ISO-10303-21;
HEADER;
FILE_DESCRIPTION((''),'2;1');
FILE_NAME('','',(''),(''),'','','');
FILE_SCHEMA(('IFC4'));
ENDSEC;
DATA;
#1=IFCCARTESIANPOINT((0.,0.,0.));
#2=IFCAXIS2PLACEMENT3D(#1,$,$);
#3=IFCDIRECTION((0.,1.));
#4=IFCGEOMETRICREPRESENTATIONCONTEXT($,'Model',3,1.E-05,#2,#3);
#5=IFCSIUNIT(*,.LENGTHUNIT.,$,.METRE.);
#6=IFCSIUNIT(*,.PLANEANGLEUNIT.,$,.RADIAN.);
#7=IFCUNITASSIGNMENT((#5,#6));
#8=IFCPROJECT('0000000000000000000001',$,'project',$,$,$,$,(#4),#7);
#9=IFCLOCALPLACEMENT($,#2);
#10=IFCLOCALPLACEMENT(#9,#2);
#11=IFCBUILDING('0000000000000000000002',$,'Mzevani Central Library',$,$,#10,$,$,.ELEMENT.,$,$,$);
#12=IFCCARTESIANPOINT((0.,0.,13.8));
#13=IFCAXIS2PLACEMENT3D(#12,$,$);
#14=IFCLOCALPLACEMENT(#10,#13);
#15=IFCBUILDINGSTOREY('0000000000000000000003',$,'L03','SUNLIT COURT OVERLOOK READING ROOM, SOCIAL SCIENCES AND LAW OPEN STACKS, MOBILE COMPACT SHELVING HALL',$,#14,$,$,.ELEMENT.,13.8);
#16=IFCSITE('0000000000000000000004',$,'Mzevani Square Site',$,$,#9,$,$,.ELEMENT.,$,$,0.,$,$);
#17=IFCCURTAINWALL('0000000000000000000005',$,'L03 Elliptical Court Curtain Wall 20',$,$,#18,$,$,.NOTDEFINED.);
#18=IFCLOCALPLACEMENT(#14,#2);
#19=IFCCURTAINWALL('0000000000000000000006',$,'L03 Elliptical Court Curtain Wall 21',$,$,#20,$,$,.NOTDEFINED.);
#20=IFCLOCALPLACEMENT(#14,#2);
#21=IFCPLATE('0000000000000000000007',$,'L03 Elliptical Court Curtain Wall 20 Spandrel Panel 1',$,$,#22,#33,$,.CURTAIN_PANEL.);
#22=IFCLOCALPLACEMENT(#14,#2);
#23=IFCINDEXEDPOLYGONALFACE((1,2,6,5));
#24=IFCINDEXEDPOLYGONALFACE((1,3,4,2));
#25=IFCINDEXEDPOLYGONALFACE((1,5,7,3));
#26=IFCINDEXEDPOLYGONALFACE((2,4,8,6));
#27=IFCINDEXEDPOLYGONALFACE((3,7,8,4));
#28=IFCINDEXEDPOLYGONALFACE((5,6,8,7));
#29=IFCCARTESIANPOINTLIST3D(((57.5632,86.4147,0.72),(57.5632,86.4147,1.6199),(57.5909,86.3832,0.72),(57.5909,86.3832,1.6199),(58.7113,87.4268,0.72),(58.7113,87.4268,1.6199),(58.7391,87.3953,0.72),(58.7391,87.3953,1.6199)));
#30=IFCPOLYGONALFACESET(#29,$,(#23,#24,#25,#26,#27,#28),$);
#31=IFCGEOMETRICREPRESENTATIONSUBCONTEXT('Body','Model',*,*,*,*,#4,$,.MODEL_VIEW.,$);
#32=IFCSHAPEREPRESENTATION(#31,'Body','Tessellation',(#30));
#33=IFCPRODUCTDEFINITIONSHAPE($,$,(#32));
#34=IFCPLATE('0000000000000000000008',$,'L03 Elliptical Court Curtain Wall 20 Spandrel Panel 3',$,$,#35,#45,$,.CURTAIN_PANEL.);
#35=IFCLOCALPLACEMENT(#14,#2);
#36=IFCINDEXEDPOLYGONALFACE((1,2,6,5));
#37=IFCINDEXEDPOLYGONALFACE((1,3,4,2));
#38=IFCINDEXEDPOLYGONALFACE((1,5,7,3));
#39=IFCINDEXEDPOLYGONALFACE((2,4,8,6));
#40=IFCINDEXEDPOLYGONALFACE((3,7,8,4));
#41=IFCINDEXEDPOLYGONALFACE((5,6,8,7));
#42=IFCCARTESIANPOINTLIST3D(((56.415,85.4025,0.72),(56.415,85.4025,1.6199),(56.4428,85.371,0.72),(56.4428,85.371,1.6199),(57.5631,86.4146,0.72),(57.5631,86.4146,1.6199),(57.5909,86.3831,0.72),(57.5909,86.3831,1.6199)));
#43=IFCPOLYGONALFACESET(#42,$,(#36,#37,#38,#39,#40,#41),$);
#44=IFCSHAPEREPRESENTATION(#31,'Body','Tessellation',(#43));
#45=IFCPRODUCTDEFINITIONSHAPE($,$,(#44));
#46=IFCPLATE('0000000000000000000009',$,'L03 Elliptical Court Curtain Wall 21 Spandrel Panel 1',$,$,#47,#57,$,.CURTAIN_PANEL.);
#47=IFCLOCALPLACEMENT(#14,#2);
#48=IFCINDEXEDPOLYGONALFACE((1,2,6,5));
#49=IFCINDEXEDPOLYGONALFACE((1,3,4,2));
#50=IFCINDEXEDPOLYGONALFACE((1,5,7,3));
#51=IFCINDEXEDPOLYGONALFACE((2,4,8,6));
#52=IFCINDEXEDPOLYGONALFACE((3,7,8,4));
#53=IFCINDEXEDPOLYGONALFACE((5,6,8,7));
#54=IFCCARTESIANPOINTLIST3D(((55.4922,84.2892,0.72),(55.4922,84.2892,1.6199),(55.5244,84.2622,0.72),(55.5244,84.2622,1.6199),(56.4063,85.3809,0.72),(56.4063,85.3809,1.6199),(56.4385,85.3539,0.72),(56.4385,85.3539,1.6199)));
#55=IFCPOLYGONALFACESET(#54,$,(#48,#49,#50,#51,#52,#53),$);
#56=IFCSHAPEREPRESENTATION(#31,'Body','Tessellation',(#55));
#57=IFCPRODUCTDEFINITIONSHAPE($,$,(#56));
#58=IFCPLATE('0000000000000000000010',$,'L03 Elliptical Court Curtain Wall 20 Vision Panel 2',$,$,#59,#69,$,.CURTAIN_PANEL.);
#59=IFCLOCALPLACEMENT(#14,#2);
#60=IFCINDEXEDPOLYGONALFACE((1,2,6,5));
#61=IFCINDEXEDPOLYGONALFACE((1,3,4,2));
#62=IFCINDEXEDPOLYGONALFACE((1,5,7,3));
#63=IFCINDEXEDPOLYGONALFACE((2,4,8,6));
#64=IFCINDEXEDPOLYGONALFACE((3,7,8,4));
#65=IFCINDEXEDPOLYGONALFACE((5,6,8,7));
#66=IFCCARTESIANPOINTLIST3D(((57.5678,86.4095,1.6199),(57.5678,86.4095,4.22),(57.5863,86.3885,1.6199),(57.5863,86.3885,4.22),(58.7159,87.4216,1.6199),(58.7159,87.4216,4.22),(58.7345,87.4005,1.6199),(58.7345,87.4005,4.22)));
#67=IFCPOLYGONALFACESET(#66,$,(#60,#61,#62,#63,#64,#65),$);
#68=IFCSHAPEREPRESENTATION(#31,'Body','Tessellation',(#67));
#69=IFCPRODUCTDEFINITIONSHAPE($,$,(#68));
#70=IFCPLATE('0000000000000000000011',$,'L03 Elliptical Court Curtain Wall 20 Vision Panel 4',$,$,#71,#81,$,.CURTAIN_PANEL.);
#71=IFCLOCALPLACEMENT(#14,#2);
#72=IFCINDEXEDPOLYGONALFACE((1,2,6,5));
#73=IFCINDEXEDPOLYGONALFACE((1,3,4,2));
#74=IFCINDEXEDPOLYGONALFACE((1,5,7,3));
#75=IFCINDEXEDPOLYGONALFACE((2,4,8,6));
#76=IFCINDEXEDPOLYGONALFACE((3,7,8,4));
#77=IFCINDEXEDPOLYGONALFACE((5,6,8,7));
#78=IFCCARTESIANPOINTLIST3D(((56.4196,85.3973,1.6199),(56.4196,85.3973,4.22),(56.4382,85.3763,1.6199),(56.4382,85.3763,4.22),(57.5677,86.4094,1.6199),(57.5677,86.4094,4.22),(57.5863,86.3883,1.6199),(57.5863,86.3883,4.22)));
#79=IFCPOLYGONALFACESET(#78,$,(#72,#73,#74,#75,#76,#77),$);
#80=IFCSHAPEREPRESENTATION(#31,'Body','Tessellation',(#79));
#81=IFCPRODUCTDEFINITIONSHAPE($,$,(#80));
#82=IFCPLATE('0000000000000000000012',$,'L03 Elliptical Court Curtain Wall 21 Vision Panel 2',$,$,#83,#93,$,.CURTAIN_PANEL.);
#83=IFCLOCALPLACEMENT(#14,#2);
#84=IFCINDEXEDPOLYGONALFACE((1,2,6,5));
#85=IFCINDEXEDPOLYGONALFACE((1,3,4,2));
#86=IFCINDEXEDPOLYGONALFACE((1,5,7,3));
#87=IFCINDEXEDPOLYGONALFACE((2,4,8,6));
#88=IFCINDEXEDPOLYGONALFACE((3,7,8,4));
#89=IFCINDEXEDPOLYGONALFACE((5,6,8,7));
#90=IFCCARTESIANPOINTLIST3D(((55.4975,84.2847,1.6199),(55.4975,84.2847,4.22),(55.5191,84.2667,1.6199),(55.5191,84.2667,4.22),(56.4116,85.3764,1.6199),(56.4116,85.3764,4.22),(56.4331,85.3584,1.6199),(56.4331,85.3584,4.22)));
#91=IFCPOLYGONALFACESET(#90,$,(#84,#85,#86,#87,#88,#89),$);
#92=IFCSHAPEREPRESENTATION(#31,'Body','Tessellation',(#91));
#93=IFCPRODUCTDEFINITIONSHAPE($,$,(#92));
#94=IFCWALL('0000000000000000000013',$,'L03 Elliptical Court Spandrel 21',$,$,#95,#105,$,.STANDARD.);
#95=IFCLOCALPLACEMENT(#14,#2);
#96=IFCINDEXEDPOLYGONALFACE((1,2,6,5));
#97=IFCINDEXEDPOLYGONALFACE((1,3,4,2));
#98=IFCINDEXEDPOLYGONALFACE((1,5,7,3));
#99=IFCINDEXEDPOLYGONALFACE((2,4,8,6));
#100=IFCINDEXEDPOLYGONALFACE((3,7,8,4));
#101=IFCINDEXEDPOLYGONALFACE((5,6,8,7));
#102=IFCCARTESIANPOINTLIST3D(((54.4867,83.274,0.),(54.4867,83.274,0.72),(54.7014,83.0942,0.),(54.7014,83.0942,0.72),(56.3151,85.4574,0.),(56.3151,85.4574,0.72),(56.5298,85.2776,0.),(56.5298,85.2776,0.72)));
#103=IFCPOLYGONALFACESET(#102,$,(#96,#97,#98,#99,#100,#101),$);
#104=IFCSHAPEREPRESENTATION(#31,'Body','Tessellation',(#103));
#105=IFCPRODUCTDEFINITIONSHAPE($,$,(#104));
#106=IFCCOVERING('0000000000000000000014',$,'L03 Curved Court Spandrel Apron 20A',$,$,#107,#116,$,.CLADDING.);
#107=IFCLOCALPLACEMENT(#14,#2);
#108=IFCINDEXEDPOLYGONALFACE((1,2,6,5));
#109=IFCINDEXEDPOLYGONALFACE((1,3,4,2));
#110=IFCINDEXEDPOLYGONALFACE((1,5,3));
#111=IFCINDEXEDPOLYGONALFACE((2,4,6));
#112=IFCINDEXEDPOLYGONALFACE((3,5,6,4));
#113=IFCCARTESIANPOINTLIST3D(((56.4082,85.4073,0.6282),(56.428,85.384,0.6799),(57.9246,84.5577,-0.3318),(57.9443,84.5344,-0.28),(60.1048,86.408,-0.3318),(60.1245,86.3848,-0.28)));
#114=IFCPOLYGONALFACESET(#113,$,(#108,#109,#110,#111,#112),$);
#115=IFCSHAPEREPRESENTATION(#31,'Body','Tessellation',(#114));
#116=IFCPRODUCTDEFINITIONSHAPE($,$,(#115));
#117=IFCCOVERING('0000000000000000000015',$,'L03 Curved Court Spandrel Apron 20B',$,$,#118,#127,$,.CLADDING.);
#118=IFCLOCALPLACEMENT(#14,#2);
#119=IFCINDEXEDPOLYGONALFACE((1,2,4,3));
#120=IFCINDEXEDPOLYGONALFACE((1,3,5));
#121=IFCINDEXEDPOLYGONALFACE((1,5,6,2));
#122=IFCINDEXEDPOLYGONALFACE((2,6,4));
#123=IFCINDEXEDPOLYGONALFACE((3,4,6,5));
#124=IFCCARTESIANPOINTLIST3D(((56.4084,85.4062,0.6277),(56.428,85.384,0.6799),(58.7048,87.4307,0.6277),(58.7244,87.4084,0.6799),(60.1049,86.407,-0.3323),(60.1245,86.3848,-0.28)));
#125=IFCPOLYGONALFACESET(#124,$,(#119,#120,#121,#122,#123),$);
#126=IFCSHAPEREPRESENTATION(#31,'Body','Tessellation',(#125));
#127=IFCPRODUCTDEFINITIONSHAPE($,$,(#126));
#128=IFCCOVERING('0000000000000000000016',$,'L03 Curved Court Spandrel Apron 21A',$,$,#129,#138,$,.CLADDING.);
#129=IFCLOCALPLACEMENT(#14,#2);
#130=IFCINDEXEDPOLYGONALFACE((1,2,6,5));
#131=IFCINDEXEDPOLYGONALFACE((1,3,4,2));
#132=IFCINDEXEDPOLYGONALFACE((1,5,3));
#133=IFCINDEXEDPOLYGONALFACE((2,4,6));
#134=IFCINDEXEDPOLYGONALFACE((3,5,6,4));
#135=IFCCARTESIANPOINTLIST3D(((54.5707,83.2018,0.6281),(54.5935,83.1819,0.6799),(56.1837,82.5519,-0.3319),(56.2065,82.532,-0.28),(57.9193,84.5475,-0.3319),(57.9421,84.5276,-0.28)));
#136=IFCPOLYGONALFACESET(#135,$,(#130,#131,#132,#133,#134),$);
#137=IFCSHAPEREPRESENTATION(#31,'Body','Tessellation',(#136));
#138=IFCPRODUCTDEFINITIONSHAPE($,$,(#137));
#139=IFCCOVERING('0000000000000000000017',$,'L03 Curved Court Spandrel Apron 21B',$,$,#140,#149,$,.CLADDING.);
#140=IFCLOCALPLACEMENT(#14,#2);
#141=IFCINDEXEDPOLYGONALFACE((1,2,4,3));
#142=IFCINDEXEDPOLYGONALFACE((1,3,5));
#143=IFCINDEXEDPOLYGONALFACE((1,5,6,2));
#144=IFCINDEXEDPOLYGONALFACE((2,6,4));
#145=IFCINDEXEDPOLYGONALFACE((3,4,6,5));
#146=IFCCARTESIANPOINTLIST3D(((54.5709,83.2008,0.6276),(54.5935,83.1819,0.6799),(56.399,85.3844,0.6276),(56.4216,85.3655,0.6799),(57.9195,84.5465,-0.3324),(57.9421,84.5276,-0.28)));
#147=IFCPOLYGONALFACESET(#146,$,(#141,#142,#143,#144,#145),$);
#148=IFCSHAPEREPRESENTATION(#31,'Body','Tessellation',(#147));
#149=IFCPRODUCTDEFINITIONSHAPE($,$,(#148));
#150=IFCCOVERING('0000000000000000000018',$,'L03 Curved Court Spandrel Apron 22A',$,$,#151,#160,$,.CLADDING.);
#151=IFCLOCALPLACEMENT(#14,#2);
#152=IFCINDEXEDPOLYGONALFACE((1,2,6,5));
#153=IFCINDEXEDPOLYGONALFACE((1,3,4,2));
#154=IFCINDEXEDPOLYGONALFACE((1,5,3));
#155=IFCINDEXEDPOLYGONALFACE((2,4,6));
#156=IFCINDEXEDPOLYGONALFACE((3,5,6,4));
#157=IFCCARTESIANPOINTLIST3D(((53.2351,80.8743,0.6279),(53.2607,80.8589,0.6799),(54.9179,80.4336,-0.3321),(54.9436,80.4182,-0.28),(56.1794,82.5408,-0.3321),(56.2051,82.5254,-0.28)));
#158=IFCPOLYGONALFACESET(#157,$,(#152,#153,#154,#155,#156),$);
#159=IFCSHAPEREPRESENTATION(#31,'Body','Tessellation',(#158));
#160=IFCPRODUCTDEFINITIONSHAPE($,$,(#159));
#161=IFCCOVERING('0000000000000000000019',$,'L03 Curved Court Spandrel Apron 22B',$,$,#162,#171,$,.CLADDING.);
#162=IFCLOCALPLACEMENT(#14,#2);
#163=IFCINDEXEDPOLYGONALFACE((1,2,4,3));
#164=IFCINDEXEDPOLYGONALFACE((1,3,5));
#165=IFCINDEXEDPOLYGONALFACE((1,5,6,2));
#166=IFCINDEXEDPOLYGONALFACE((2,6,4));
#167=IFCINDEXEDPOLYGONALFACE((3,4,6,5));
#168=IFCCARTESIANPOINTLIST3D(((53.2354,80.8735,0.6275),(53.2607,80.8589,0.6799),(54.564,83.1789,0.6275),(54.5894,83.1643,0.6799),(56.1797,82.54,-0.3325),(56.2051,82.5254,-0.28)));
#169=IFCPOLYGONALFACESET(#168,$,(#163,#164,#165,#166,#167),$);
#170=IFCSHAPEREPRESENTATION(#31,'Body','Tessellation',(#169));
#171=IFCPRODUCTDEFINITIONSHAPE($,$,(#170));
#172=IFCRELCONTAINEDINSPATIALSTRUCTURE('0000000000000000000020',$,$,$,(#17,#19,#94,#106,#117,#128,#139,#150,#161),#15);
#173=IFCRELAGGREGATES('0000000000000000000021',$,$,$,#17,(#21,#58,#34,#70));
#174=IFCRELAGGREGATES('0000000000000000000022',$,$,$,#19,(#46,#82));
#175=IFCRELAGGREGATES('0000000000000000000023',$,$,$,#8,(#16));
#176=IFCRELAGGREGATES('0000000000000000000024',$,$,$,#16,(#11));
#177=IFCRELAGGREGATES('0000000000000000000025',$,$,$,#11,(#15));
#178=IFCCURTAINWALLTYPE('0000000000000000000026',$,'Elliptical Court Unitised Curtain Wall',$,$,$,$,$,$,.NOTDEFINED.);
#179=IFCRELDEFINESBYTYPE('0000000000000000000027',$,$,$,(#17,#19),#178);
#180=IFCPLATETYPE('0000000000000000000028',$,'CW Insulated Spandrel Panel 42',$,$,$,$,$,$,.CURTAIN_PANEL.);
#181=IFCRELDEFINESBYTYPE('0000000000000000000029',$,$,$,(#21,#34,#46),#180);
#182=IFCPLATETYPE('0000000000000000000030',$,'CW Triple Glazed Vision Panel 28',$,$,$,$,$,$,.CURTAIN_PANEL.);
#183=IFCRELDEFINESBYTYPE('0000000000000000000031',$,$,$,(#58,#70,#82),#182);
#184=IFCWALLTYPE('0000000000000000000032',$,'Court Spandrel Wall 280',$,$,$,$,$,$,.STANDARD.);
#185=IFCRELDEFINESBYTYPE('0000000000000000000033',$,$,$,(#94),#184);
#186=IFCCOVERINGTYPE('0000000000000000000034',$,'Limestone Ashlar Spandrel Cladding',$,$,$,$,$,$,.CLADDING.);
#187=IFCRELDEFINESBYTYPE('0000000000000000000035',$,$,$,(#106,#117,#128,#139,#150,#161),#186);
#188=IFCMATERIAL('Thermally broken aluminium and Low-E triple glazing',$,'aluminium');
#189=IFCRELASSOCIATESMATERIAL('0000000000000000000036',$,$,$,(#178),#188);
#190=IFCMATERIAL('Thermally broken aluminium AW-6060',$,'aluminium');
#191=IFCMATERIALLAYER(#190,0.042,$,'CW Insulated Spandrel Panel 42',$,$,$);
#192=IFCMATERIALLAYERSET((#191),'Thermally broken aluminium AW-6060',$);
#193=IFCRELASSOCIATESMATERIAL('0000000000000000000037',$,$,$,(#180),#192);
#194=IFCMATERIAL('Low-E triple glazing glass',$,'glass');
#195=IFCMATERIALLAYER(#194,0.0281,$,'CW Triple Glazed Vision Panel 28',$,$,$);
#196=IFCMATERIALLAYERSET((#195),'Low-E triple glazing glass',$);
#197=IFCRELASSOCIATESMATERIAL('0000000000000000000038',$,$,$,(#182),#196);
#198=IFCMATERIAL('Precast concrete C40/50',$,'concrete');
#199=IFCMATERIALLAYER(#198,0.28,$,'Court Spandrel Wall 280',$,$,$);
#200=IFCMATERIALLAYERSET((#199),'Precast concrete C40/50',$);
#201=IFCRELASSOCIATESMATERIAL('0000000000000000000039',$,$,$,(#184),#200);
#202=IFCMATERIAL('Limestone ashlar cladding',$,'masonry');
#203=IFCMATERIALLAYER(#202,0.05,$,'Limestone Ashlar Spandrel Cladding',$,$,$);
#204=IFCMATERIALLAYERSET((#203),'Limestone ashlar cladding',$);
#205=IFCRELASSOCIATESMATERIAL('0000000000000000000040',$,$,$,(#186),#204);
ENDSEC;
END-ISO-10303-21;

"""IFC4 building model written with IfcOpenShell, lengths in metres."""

from ifc_helpers import new_model, si_unit, direction, frame, frame_2d, origin, origin_2d, place, context, subcontext, project, spatial, polyline, rectangle, outline, extrude, material, layer, layer_set, type_object, element, aggregate, save


model = new_model("IFC4")

# Units and contexts
model_context = context("Model", 3, precision=1e-05, world=origin(), true_north=direction((0.0, 1.0)))
body_context = subcontext(model_context, "Body", "Model", "MODEL_VIEW")
ifc_project = project(units=[si_unit("LENGTHUNIT", "METRE"), si_unit("PLANEANGLEUNIT", "RADIAN")], contexts=[model_context])

# Site, building, storey
site_placement = place(None, origin())
site = spatial("IfcSite", under=ifc_project, at=site_placement, Name="Mzevani Square Site", CompositionType="ELEMENT", RefElevation=0.0)
building_placement = place(site_placement, origin())
building = spatial("IfcBuilding", under=site, at=building_placement, Name="Mzevani Central Library", CompositionType="ELEMENT")
storey_placement = place(building_placement, frame((0.0, 0.0, 13.8)))
storey = spatial("IfcBuildingStorey", under=building, at=storey_placement, Name="L03", Description="SUNLIT COURT OVERLOOK READING ROOM, SOCIAL SCIENCES AND LAW OPEN STACKS, MOBILE COMPACT SHELVING HALL", CompositionType="ELEMENT", Elevation=13.8)

# Curtain walls
ifc_material_1 = material(Name="Thermally broken aluminium and Low-E triple glazing", Category="aluminium")
curtain_wall_type = type_object("IfcCurtainWallType", Name="Elliptical Court Unitised Curtain Wall", PredefinedType="NOTDEFINED", material=ifc_material_1)
curtain_wall_1_placement = place(storey_placement, origin())
curtain_wall_1 = element("IfcCurtainWall", 1, at=curtain_wall_1_placement, inside=storey, type_object=curtain_wall_type, Name="L03 Elliptical Court Curtain Wall 20", PredefinedType="NOTDEFINED")
ifc_material_2 = material(Name="Thermally broken aluminium AW-6060", Category="aluminium")
curtain_wall_2_placement = place(storey_placement, origin())
curtain_wall_2 = element("IfcCurtainWall", 2, at=curtain_wall_2_placement, inside=storey, type_object=curtain_wall_type, Name="L03 Elliptical Court Curtain Wall 21", PredefinedType="NOTDEFINED")

# Plates
ifc_layer_1 = layer(ifc_material_2, 0.042, Name="CW Insulated Spandrel Panel 42")
ifc_layer_set_1 = layer_set([ifc_layer_1], Name="Thermally broken aluminium AW-6060")
plate_type_1 = type_object("IfcPlateType", Name="CW Insulated Spandrel Panel 42", PredefinedType="CURTAIN_PANEL", material=ifc_layer_set_1)
plate_1_placement = place(storey_placement, frame((58.1511, 86.905, 0.72), z_axis=(0.0, 0.0, 1.0), x_axis=(-0.750151, -0.661266, 0.0)))
plate_1 = element("IfcPlate", 3, at=plate_1_placement, type_object=plate_type_1, Name="L03 Elliptical Court Curtain Wall 20 Spandrel Panel 1", PredefinedType="CURTAIN_PANEL", context=body_context, shape_type="SweptSolid", body=[
    extrude(rectangle(XDim=1.5305, YDim=0.042, at=origin_2d()), origin(), (0.0, 0.0, 1.0), 0.8999),
])
plate_2_placement = place(storey_placement, frame((57.0029, 85.8928, 0.72), z_axis=(0.0, 0.0, 1.0), x_axis=(-0.750151, -0.661266, 0.0)))
plate_2 = element("IfcPlate", 4, at=plate_2_placement, type_object=plate_type_1, Name="L03 Elliptical Court Curtain Wall 20 Spandrel Panel 3", PredefinedType="CURTAIN_PANEL", context=body_context, shape_type="SweptSolid", body=[
    extrude(rectangle(XDim=1.5305, YDim=0.042, at=origin_2d()), origin(), (0.0, 0.0, 1.0), 0.8999),
])
plate_3_placement = place(storey_placement, frame((55.9653, 84.8215, 0.72), z_axis=(0.0, 0.0, 1.0), x_axis=(-0.641969, -0.766731, 0.0)))
plate_3 = element("IfcPlate", 5, at=plate_3_placement, type_object=plate_type_1, Name="L03 Elliptical Court Curtain Wall 21 Spandrel Panel 1", PredefinedType="CURTAIN_PANEL", context=body_context, shape_type="SweptSolid", body=[
    extrude(rectangle(XDim=1.4238, YDim=0.042, at=origin_2d()), origin(), (0.0, 0.0, 1.0), 0.8999),
])
ifc_material_3 = material(Name="Low-E triple glazing glass", Category="glass")
ifc_layer_2 = layer(ifc_material_3, 0.0281, Name="CW Triple Glazed Vision Panel 28")
ifc_layer_set_2 = layer_set([ifc_layer_2], Name="Low-E triple glazing glass")
plate_type_2 = type_object("IfcPlateType", Name="CW Triple Glazed Vision Panel 28", PredefinedType="CURTAIN_PANEL", material=ifc_layer_set_2)
plate_4_placement = place(storey_placement, frame((58.1511, 86.905, 1.6199), z_axis=(0.0, 0.0, 1.0), x_axis=(-0.750151, -0.661266, 0.0)))
plate_4 = element("IfcPlate", 6, at=plate_4_placement, type_object=plate_type_2, Name="L03 Elliptical Court Curtain Wall 20 Vision Panel 2", PredefinedType="CURTAIN_PANEL", context=body_context, shape_type="SweptSolid", body=[
    extrude(rectangle(XDim=1.5305, YDim=0.0281, at=origin_2d()), origin(), (0.0, 0.0, 1.0), 2.6001),
])
plate_5_placement = place(storey_placement, frame((57.0029, 85.8928, 1.6199), z_axis=(0.0, 0.0, 1.0), x_axis=(-0.750151, -0.661266, 0.0)))
plate_5 = element("IfcPlate", 7, at=plate_5_placement, type_object=plate_type_2, Name="L03 Elliptical Court Curtain Wall 20 Vision Panel 4", PredefinedType="CURTAIN_PANEL", context=body_context, shape_type="SweptSolid", body=[
    extrude(rectangle(XDim=1.5305, YDim=0.0281, at=origin_2d()), origin(), (0.0, 0.0, 1.0), 2.6001),
])
aggregate(curtain_wall_1, [plate_1, plate_4, plate_2, plate_5])
plate_6_placement = place(storey_placement, frame((55.9653, 84.8215, 1.6199), z_axis=(0.0, 0.0, 1.0), x_axis=(-0.641969, -0.766731, 0.0)))
plate_6 = element("IfcPlate", 8, at=plate_6_placement, type_object=plate_type_2, Name="L03 Elliptical Court Curtain Wall 21 Vision Panel 2", PredefinedType="CURTAIN_PANEL", context=body_context, shape_type="SweptSolid", body=[
    extrude(rectangle(XDim=1.4238, YDim=0.0281, at=origin_2d()), origin(), (0.0, 0.0, 1.0), 2.6001),
])
aggregate(curtain_wall_2, [plate_3, plate_6])

# Wall
ifc_material_4 = material(Name="Precast concrete C40/50", Category="concrete")
ifc_layer_3 = layer(ifc_material_4, 0.28, Name="Court Spandrel Wall 280")
ifc_layer_set_3 = layer_set([ifc_layer_3], Name="Precast concrete C40/50")
wall_type = type_object("IfcWallType", Name="Court Spandrel Wall 280", PredefinedType="STANDARD", material=ifc_layer_set_3)
wall_placement = place(storey_placement, frame((56.4224, 85.3674, 0.0), z_axis=(0.0, 0.0, 1.0), x_axis=(-0.642029, -0.76668, 0.0)))
element("IfcWall", 9, at=wall_placement, inside=storey, type_object=wall_type, Name="L03 Elliptical Court Spandrel 21", PredefinedType="STANDARD", context=body_context, shape_type="SweptSolid", body=[
    extrude(rectangle(XDim=2.8479, YDim=0.28, at=frame_2d((1.4238, 0.0))), origin(), (0.0, 0.0, 1.0), 0.72),
])

# Coverings
ifc_material_5 = material(Name="Limestone ashlar cladding", Category="masonry")
ifc_layer_4 = layer(ifc_material_5, 0.05, Name="Limestone Ashlar Spandrel Cladding")
ifc_layer_set_4 = layer_set([ifc_layer_4], Name="Limestone ashlar cladding")
covering_type = type_object("IfcCoveringType", Name="Limestone Ashlar Spandrel Cladding", PredefinedType="CLADDING", material=ifc_layer_set_4)
covering_1_placement = place(storey_placement, frame((60.1245, 86.3848, -0.28), z_axis=(0.328526, -0.387087, 0.86153), x_axis=(-0.762424, -0.647078, 0.0)))
element("IfcCovering", 10, at=covering_1_placement, inside=storey, type_object=covering_type, Name="L03 Curved Court Spandrel Apron 20A", PredefinedType="CLADDING", context=body_context, shape_type="SweptSolid", body=[
    extrude(outline(polyline([(0.0, 0.0), (2.8595, 0.0), (3.4659, -1.8908), (0.0, 0.0)])), origin(), (0.0, 0.0, -1.0), 0.0601),
])
covering_2_placement = place(storey_placement, frame((60.1245, 86.3848, -0.28), z_axis=(0.326061, -0.369866, 0.869991), x_axis=(-0.936286, -0.253473, 0.243146)))
element("IfcCovering", 11, at=covering_2_placement, inside=storey, type_object=covering_type, Name="L03 Curved Court Spandrel Apron 20B", PredefinedType="CLADDING", context=body_context, shape_type="SweptSolid", body=[
    extrude(outline(polyline([(0.0, 0.0), (3.9481, 0.0), (1.2849, -1.5096), (0.0, 0.0)])), origin(), (0.0, 0.0, -1.0), 0.0601),
])
covering_3_placement = place(storey_placement, frame((57.9421, 84.5276, -0.28), z_axis=(0.380548, -0.330966, 0.863507), x_axis=(-0.65624, -0.754552, 0.0)))
element("IfcCovering", 12, at=covering_3_placement, inside=storey, type_object=covering_type, Name="L03 Curved Court Spandrel Apron 21A", PredefinedType="CLADDING", context=body_context, shape_type="SweptSolid", body=[
    extrude(outline(polyline([(0.0, 0.0), (2.6448, 0.0), (3.2129, -1.9034), (0.0, 0.0)])), origin(), (0.0, 0.0, -1.0), 0.0601),
])
covering_4_placement = place(storey_placement, frame((57.9421, 84.5276, -0.28), z_axis=(0.376391, -0.315118, 0.871223), x_axis=(-0.896698, -0.360353, 0.257059)))
element("IfcCovering", 13, at=covering_4_placement, inside=storey, type_object=covering_type, Name="L03 Curved Court Spandrel Apron 21B", PredefinedType="CLADDING", context=body_context, shape_type="SweptSolid", body=[
    extrude(outline(polyline([(0.0, 0.0), (3.7344, 0.0), (1.3083, -1.4913), (0.0, 0.0)])), origin(), (0.0, 0.0, -1.0), 0.0601),
])
covering_5_placement = place(storey_placement, frame((56.2051, 82.5254, -0.28), z_axis=(0.427544, -0.255952, 0.867003), x_axis=(-0.513648, -0.858001, 0.0)))
element("IfcCovering", 14, at=covering_5_placement, inside=storey, type_object=covering_type, Name="L03 Curved Court Spandrel Apron 22A", PredefinedType="CLADDING", context=body_context, shape_type="SweptSolid", body=[
    extrude(outline(polyline([(0.0, 0.0), (2.4559, 0.0), (2.9422, -1.9265), (0.0, 0.0)])), origin(), (0.0, 0.0, -1.0), 0.0601),
])
covering_6_placement = place(storey_placement, frame((56.2051, 82.5254, -0.28), z_axis=(0.422453, -0.24346, 0.873075), x_axis=(-0.83722, -0.47387, 0.272964)))
element("IfcCovering", 15, at=covering_6_placement, inside=storey, type_object=covering_type, Name="L03 Curved Court Spandrel Apron 22B", PredefinedType="CLADDING", context=body_context, shape_type="SweptSolid", body=[
    extrude(outline(polyline([(0.0, 0.0), (3.5168, 0.0), (1.312, -1.4896), (0.0, 0.0)])), origin(), (0.0, 0.0, -1.0), 0.0601),
])

save(model, "model.ifc")
